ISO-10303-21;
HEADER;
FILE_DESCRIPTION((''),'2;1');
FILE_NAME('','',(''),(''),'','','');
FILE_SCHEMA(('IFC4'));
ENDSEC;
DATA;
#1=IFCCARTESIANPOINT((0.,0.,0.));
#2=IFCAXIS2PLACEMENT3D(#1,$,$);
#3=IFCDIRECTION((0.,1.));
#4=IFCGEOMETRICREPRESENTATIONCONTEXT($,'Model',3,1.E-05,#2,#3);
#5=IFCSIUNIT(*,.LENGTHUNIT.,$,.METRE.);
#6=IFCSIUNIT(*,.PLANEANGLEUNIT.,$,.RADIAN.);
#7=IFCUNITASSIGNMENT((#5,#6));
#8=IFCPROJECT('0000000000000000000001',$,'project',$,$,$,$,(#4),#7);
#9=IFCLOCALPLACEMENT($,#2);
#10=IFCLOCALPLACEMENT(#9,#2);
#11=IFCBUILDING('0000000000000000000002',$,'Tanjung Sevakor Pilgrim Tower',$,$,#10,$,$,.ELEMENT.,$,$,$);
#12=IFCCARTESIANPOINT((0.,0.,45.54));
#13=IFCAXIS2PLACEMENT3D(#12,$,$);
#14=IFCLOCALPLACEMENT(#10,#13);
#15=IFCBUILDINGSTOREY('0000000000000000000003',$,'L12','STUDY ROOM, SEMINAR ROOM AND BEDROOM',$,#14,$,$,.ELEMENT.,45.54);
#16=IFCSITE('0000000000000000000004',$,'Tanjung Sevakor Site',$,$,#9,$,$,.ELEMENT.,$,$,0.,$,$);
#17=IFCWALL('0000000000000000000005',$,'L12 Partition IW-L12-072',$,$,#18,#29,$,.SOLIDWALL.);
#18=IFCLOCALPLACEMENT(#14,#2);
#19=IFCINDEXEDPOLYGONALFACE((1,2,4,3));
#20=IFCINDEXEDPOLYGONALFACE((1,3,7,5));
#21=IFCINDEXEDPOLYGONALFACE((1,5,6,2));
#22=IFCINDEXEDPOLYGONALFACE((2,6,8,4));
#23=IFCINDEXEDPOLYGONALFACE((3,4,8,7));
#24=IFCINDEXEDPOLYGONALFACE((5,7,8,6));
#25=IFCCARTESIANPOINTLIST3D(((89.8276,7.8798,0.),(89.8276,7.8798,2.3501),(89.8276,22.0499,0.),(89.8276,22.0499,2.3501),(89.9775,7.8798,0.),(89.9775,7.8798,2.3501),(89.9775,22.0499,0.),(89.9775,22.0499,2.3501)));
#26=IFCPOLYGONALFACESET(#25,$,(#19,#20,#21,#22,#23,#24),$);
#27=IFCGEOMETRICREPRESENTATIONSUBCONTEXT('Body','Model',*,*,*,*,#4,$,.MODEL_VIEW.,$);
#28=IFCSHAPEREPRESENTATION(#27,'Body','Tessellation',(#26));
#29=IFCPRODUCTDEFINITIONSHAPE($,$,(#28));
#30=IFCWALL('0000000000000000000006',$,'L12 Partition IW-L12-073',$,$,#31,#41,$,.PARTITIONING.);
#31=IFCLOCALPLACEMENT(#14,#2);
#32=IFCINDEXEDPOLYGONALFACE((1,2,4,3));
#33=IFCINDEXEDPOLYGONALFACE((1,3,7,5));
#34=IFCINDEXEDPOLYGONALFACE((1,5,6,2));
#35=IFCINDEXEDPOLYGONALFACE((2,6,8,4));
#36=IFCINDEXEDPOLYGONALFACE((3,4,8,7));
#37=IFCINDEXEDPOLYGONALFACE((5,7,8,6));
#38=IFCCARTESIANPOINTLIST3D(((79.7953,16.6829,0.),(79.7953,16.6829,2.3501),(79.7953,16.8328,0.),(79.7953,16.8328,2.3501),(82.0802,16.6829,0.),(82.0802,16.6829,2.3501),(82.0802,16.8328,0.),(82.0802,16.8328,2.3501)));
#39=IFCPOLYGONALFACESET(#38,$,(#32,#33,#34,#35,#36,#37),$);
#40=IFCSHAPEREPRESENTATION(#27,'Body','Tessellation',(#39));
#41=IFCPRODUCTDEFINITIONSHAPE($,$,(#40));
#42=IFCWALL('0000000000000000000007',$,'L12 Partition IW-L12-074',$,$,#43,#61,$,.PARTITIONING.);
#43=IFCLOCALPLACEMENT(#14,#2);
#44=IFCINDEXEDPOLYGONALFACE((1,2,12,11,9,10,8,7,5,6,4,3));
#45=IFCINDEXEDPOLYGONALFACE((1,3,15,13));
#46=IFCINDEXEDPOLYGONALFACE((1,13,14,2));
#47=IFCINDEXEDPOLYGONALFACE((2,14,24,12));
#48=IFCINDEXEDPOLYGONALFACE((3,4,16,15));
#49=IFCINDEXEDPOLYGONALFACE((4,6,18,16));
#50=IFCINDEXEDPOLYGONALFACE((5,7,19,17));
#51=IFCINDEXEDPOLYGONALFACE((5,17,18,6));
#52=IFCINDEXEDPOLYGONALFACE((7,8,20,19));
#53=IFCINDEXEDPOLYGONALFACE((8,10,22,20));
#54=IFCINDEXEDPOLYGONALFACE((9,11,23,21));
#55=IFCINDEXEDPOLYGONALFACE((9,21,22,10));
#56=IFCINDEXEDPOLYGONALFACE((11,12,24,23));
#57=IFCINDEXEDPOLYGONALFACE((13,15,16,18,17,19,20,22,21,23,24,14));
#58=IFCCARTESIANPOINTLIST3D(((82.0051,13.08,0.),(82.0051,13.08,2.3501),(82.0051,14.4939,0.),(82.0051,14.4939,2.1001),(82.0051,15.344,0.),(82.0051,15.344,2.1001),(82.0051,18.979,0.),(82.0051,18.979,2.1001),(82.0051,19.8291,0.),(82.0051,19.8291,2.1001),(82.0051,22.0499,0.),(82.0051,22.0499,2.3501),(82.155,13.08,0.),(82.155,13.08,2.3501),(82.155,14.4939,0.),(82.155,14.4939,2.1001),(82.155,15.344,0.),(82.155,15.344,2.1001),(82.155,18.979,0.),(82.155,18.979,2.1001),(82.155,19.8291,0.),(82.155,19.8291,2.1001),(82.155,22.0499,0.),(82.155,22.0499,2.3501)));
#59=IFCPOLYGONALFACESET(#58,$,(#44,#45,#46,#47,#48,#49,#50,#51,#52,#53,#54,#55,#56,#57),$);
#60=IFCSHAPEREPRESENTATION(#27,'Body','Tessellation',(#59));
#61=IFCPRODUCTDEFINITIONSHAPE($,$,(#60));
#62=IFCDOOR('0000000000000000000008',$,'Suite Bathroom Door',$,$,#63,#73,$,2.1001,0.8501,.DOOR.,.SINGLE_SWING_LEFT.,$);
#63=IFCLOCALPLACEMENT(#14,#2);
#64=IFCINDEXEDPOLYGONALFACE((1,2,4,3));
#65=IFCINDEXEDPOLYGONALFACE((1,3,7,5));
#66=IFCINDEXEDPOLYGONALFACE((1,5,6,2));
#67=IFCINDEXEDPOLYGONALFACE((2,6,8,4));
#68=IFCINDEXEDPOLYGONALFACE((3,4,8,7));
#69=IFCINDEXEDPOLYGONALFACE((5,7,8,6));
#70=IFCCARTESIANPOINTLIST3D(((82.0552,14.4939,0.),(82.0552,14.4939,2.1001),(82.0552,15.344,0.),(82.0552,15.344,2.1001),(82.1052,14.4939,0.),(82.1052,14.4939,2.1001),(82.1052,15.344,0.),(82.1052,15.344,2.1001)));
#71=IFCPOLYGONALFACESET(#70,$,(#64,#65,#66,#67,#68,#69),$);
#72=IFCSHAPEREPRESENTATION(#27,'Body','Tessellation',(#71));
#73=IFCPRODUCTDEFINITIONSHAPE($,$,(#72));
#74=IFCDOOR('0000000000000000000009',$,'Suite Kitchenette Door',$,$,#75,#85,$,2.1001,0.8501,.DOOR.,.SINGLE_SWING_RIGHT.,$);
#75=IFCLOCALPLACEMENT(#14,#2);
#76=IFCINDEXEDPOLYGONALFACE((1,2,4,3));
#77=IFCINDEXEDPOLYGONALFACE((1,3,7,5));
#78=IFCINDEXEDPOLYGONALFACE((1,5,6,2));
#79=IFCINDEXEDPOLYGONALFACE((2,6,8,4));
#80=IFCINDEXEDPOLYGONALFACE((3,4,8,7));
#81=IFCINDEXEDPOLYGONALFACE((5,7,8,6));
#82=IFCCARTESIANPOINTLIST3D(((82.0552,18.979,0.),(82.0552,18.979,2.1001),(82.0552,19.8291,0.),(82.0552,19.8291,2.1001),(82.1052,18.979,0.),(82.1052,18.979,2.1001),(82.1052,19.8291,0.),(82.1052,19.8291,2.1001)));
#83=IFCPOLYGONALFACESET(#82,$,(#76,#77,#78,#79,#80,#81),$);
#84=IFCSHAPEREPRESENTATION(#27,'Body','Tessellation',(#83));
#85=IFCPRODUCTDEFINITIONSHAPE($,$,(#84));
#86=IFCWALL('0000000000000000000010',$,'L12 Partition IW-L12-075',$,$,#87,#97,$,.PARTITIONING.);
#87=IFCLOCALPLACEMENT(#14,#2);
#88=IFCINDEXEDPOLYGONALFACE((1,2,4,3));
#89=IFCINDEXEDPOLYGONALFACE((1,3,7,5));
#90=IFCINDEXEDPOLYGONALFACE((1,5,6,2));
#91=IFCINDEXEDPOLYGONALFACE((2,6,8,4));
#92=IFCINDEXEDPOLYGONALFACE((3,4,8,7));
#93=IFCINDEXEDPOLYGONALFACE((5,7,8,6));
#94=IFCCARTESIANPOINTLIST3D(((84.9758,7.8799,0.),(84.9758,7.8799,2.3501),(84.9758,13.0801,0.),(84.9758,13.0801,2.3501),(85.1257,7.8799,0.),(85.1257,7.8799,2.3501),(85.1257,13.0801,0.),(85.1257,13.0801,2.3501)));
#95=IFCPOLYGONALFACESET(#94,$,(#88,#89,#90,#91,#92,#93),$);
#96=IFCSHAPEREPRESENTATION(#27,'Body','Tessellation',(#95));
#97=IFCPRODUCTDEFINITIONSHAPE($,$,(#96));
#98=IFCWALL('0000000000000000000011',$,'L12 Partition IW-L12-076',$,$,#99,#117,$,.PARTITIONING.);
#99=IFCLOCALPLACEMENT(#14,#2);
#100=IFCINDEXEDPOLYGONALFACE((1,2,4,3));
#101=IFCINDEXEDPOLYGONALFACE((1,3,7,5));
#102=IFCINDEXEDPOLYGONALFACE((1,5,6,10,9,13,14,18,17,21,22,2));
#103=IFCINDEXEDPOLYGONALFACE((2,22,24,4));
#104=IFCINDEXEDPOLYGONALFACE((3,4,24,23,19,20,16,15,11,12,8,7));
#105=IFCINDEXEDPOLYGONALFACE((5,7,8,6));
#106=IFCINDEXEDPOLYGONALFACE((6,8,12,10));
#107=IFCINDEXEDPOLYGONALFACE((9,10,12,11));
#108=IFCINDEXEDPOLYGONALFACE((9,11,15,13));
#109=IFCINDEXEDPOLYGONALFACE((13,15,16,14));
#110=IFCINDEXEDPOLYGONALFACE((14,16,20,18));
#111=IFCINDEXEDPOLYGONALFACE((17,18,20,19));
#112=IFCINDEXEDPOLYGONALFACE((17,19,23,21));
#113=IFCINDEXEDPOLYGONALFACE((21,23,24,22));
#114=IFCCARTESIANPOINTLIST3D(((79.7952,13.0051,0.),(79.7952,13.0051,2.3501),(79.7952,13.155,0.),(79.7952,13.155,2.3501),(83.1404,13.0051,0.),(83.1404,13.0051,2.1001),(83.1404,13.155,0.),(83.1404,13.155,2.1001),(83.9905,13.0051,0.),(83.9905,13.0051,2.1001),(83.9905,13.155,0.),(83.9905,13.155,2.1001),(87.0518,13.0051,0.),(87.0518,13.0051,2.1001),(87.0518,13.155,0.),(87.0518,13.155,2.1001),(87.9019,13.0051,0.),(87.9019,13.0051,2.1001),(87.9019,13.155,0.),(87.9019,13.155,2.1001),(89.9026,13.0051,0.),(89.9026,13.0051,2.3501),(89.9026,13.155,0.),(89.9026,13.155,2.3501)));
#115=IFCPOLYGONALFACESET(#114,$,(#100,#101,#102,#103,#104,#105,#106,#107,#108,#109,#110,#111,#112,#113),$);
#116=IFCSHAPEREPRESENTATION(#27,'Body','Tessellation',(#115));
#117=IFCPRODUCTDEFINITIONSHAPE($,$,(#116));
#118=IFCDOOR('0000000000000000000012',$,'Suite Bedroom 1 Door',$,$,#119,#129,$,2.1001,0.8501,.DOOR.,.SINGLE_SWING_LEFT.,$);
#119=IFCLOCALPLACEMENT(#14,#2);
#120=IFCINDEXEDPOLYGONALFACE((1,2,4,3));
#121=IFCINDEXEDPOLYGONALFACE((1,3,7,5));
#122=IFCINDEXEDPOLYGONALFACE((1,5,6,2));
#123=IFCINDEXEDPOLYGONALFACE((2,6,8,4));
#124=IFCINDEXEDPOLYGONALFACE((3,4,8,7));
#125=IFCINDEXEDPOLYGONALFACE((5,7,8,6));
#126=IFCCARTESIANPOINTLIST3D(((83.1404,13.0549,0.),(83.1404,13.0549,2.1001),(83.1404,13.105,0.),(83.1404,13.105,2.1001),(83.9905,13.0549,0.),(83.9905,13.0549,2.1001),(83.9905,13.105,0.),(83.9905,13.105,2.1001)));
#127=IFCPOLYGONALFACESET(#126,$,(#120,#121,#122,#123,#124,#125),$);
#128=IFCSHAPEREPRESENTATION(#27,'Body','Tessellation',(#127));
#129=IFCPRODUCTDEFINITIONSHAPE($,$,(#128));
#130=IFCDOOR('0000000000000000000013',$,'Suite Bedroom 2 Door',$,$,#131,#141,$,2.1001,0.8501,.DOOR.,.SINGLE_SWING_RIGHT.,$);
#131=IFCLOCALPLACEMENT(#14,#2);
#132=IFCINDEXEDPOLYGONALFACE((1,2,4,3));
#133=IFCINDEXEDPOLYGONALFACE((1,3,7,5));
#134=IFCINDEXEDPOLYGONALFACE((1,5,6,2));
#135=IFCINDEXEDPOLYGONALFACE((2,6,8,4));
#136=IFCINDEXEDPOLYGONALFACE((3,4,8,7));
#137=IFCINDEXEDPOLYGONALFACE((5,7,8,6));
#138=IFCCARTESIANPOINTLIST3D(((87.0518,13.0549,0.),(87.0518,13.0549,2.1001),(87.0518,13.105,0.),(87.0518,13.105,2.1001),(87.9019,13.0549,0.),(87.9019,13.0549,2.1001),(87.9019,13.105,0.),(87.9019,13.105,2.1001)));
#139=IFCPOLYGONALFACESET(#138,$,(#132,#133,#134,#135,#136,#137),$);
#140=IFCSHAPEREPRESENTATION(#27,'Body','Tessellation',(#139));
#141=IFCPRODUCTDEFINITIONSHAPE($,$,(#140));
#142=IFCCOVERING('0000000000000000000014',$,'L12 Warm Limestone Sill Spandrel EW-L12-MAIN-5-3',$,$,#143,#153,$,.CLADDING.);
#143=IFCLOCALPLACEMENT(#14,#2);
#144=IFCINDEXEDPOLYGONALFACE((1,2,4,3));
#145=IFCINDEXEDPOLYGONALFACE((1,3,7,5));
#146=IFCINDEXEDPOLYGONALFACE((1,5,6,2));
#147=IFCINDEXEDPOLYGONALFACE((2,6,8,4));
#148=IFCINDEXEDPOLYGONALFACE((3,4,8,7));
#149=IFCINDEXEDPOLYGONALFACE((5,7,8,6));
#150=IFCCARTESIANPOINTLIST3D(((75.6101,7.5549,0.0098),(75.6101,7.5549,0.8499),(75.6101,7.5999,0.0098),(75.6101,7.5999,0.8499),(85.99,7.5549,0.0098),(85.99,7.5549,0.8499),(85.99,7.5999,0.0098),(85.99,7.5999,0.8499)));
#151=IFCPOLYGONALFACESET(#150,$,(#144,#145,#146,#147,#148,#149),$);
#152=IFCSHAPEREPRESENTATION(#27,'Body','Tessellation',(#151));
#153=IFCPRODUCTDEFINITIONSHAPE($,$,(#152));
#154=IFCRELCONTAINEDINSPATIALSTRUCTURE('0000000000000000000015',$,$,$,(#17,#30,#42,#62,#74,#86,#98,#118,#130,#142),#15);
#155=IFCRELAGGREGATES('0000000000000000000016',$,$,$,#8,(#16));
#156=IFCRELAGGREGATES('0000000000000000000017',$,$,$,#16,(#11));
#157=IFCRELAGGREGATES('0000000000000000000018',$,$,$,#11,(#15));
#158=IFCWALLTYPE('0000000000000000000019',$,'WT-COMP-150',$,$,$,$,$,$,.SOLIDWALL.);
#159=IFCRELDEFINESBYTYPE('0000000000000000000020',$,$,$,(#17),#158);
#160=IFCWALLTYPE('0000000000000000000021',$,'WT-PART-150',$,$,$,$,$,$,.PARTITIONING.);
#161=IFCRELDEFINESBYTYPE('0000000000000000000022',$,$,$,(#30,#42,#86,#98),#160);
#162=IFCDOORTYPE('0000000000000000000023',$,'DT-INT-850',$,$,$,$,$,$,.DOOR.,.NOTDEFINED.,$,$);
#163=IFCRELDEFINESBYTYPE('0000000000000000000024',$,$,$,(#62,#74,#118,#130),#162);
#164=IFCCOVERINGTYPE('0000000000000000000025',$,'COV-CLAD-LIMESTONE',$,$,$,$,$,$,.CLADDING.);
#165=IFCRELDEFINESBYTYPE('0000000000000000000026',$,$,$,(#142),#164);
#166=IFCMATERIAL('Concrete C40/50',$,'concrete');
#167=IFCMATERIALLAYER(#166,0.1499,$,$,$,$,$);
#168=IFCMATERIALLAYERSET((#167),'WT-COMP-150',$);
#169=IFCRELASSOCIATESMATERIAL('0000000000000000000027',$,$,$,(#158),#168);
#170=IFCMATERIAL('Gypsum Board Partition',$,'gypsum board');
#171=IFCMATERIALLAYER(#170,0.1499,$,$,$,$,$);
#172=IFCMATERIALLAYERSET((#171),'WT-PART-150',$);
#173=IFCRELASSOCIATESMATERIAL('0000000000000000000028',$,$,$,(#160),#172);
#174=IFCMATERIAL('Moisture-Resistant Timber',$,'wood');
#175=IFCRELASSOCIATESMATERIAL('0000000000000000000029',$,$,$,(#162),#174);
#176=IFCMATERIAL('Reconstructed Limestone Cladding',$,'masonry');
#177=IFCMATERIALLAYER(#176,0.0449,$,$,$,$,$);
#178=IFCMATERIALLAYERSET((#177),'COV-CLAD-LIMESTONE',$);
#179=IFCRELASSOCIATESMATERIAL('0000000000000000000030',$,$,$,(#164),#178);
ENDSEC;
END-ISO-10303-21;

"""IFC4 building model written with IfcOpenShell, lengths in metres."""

from ifc_helpers import new_model, si_unit, direction, frame, frame_2d, origin, origin_2d, place, context, subcontext, project, spatial, rectangle, extrude, material, layer, layer_set, type_object, element, fill, save


model = new_model("IFC4")

# Units and contexts
model_context = context("Model", 3, precision=1e-05, world=origin(), true_north=direction((0.0, 1.0)))
body_context = subcontext(model_context, "Body", "Model", "MODEL_VIEW")
ifc_project = project(units=[si_unit("LENGTHUNIT", "METRE"), si_unit("PLANEANGLEUNIT", "RADIAN")], contexts=[model_context])

# Site, building, storey
site_placement = place(None, origin())
site = spatial("IfcSite", under=ifc_project, at=site_placement, Name="Tanjung Sevakor Site", CompositionType="ELEMENT", RefElevation=0.0)
building_placement = place(site_placement, origin())
building = spatial("IfcBuilding", under=site, at=building_placement, Name="Tanjung Sevakor Pilgrim Tower", CompositionType="ELEMENT")
storey_placement = place(building_placement, frame((0.0, 0.0, 45.54)))
storey = spatial("IfcBuildingStorey", under=building, at=storey_placement, Name="L12", Description="STUDY ROOM, SEMINAR ROOM AND BEDROOM", CompositionType="ELEMENT", Elevation=45.54)

# Walls
ifc_material_1 = material(Name="Concrete C40/50", Category="concrete")
ifc_layer_1 = layer(ifc_material_1, 0.1499)
ifc_layer_set_1 = layer_set([ifc_layer_1], Name="WT-COMP-150")
wall_type_1 = type_object("IfcWallType", Name="WT-COMP-150", PredefinedType="SOLIDWALL", material=ifc_layer_set_1)
for number, where, z_axis, x_axis, name in (
    (1, (89.9026, 7.8799, 0.0), (0.0, 0.0, 1.0), (0.0, 1.0, 0.0), "L12 Partition IW-L12-072"),
):
    element("IfcWall", number, at=place(storey_placement, frame(where, z_axis=z_axis, x_axis=x_axis)), inside=storey, type_object=wall_type_1, Name=name, PredefinedType="SOLIDWALL", context=body_context, shape_type="SweptSolid", body=[
        extrude(rectangle(XDim=14.1702, YDim=0.1499, at=frame_2d((7.085, 0.0))), origin(), (0.0, 0.0, 1.0), 2.3501),
    ])
ifc_material_2 = material(Name="Gypsum Board Partition", Category="gypsum board")
ifc_layer_2 = layer(ifc_material_2, 0.1499)
ifc_layer_set_2 = layer_set([ifc_layer_2], Name="WT-PART-150")
wall_type_2 = type_object("IfcWallType", Name="WT-PART-150", PredefinedType="PARTITIONING", material=ifc_layer_set_2)
wall_1_placement = place(storey_placement, frame((79.7952, 16.7578, 0.0), z_axis=(0.0, 0.0, 1.0), x_axis=(1.0, 0.0, 0.0)))
element("IfcWall", 2, at=wall_1_placement, inside=storey, type_object=wall_type_2, Name="L12 Partition IW-L12-073", PredefinedType="PARTITIONING", context=body_context, shape_type="SweptSolid", body=[
    extrude(rectangle(XDim=2.2849, YDim=0.1499, at=frame_2d((1.1426, 0.0))), origin(), (0.0, 0.0, 1.0), 2.3501),
])

# Wall, openings, doors
wall_2_placement = place(storey_placement, frame((82.0801, 13.0801, 0.0), z_axis=(0.0, 0.0, 1.0), x_axis=(0.0, 1.0, 0.0)))
wall_2 = element("IfcWall", 3, at=wall_2_placement, inside=storey, type_object=wall_type_2, Name="L12 Partition IW-L12-074", PredefinedType="PARTITIONING", context=body_context, shape_type="SweptSolid", body=[
    extrude(rectangle(XDim=8.97, YDim=0.1499, at=frame_2d((4.4849, 0.0))), origin(), (0.0, 0.0, 1.0), 2.3501),
])
opening_1_placement = place(wall_2_placement, frame((1.4138, 0.0, 0.0)))
opening_1 = element("IfcOpeningElement", 4, at=opening_1_placement, cuts=wall_2, PredefinedType="OPENING", context=body_context, shape_type="SweptSolid", body=[
    extrude(rectangle(XDim=0.8501, YDim=2.1001, at=frame_2d((0.425, 1.05))), frame((0.0, 0.085, 0.0), z_axis=(0.0, -1.0, 0.0), x_axis=(1.0, 0.0, 0.0)), (0.0, 0.0, 1.0), 0.1699),
])
opening_2_placement = place(wall_2_placement, frame((5.8989, 0.0, 0.0)))
opening_2 = element("IfcOpeningElement", 5, at=opening_2_placement, cuts=wall_2, PredefinedType="OPENING", context=body_context, shape_type="SweptSolid", body=[
    extrude(rectangle(XDim=0.8501, YDim=2.1001, at=frame_2d((0.425, 1.05))), frame((0.0, 0.085, 0.0), z_axis=(0.0, -1.0, 0.0), x_axis=(1.0, 0.0, 0.0)), (0.0, 0.0, 1.0), 0.1699),
])
ifc_material_3 = material(Name="Moisture-Resistant Timber", Category="wood")
door_type = type_object("IfcDoorType", Name="DT-INT-850", OperationType="NOTDEFINED", PredefinedType="DOOR", material=ifc_material_3)
door_1_placement = place(opening_1_placement, origin())
door_1 = element("IfcDoor", 6, at=door_1_placement, inside=storey, type_object=door_type, Name="Suite Bathroom Door", OperationType="SINGLE_SWING_LEFT", OverallHeight=2.1001, OverallWidth=0.8501, PredefinedType="DOOR", context=body_context, shape_type="SweptSolid", body=[
    extrude(rectangle(XDim=0.8501, YDim=2.1001, at=frame_2d((0.425, 1.05))), frame((0.0, 0.0249, 0.0), z_axis=(0.0, -1.0, 0.0), x_axis=(1.0, 0.0, 0.0)), (0.0, 0.0, 1.0), 0.05),
])
fill(opening_1, door_1)
door_2_placement = place(opening_2_placement, origin())
door_2 = element("IfcDoor", 7, at=door_2_placement, inside=storey, type_object=door_type, Name="Suite Kitchenette Door", OperationType="SINGLE_SWING_RIGHT", OverallHeight=2.1001, OverallWidth=0.8501, PredefinedType="DOOR", context=body_context, shape_type="SweptSolid", body=[
    extrude(rectangle(XDim=0.8501, YDim=2.1001, at=frame_2d((0.425, 1.05))), frame((0.0, 0.0249, 0.0), z_axis=(0.0, -1.0, 0.0), x_axis=(1.0, 0.0, 0.0)), (0.0, 0.0, 1.0), 0.05),
])
fill(opening_2, door_2)

# Wall
wall_3_placement = place(storey_placement, frame((85.0508, 7.8799, 0.0), z_axis=(0.0, 0.0, 1.0), x_axis=(0.0, 1.0, 0.0)))
element("IfcWall", 8, at=wall_3_placement, inside=storey, type_object=wall_type_2, Name="L12 Partition IW-L12-075", PredefinedType="PARTITIONING", context=body_context, shape_type="SweptSolid", body=[
    extrude(rectangle(XDim=5.2002, YDim=0.1499, at=frame_2d((2.6001, 0.0))), origin(), (0.0, 0.0, 1.0), 2.3501),
])

# Wall, openings, doors
wall_4_placement = place(storey_placement, frame((79.7952, 13.0801, 0.0), z_axis=(0.0, 0.0, 1.0), x_axis=(1.0, 0.0, 0.0)))
wall_4 = element("IfcWall", 9, at=wall_4_placement, inside=storey, type_object=wall_type_2, Name="L12 Partition IW-L12-076", PredefinedType="PARTITIONING", context=body_context, shape_type="SweptSolid", body=[
    extrude(rectangle(XDim=10.1074, YDim=0.1499, at=frame_2d((5.0537, 0.0))), origin(), (0.0, 0.0, 1.0), 2.3501),
])
opening_3_placement = place(wall_4_placement, frame((3.3452, 0.0, 0.0)))
opening_3 = element("IfcOpeningElement", 10, at=opening_3_placement, cuts=wall_4, PredefinedType="OPENING", context=body_context, shape_type="SweptSolid", body=[
    extrude(rectangle(XDim=0.8501, YDim=2.1001, at=frame_2d((0.425, 1.05))), frame((0.0, 0.085, 0.0), z_axis=(0.0, -1.0, 0.0), x_axis=(1.0, 0.0, 0.0)), (0.0, 0.0, 1.0), 0.1699),
])
opening_4_placement = place(wall_4_placement, frame((7.2566, 0.0, 0.0)))
opening_4 = element("IfcOpeningElement", 11, at=opening_4_placement, cuts=wall_4, PredefinedType="OPENING", context=body_context, shape_type="SweptSolid", body=[
    extrude(rectangle(XDim=0.8501, YDim=2.1001, at=frame_2d((0.425, 1.05))), frame((0.0, 0.085, 0.0), z_axis=(0.0, -1.0, 0.0), x_axis=(1.0, 0.0, 0.0)), (0.0, 0.0, 1.0), 0.1699),
])
door_3_placement = place(opening_3_placement, origin())
door_3 = element("IfcDoor", 12, at=door_3_placement, inside=storey, type_object=door_type, Name="Suite Bedroom 1 Door", OperationType="SINGLE_SWING_LEFT", OverallHeight=2.1001, OverallWidth=0.8501, PredefinedType="DOOR", context=body_context, shape_type="SweptSolid", body=[
    extrude(rectangle(XDim=0.8501, YDim=2.1001, at=frame_2d((0.425, 1.05))), frame((0.0, 0.0249, 0.0), z_axis=(0.0, -1.0, 0.0), x_axis=(1.0, 0.0, 0.0)), (0.0, 0.0, 1.0), 0.05),
])
fill(opening_3, door_3)
door_4_placement = place(opening_4_placement, origin())
door_4 = element("IfcDoor", 13, at=door_4_placement, inside=storey, type_object=door_type, Name="Suite Bedroom 2 Door", OperationType="SINGLE_SWING_RIGHT", OverallHeight=2.1001, OverallWidth=0.8501, PredefinedType="DOOR", context=body_context, shape_type="SweptSolid", body=[
    extrude(rectangle(XDim=0.8501, YDim=2.1001, at=frame_2d((0.425, 1.05))), frame((0.0, 0.0249, 0.0), z_axis=(0.0, -1.0, 0.0), x_axis=(1.0, 0.0, 0.0)), (0.0, 0.0, 1.0), 0.05),
])
fill(opening_4, door_4)

# Covering
ifc_material_4 = material(Name="Reconstructed Limestone Cladding", Category="masonry")
ifc_layer_3 = layer(ifc_material_4, 0.0449)
ifc_layer_set_3 = layer_set([ifc_layer_3], Name="COV-CLAD-LIMESTONE")
covering_type = type_object("IfcCoveringType", Name="COV-CLAD-LIMESTONE", PredefinedType="CLADDING", material=ifc_layer_set_3)
covering_placement = place(storey_placement, frame((80.8, 7.5774, 0.0098), z_axis=(0.0, 0.0, 1.0), x_axis=(1.0, 0.0, 0.0)))
element("IfcCovering", 14, at=covering_placement, inside=storey, type_object=covering_type, Name="L12 Warm Limestone Sill Spandrel EW-L12-MAIN-5-3", PredefinedType="CLADDING", context=body_context, shape_type="SweptSolid", body=[
    extrude(rectangle(XDim=10.3799, YDim=0.0449, at=origin_2d()), origin(), (0.0, 0.0, 1.0), 0.8401),
])

save(model, "model.ifc")
